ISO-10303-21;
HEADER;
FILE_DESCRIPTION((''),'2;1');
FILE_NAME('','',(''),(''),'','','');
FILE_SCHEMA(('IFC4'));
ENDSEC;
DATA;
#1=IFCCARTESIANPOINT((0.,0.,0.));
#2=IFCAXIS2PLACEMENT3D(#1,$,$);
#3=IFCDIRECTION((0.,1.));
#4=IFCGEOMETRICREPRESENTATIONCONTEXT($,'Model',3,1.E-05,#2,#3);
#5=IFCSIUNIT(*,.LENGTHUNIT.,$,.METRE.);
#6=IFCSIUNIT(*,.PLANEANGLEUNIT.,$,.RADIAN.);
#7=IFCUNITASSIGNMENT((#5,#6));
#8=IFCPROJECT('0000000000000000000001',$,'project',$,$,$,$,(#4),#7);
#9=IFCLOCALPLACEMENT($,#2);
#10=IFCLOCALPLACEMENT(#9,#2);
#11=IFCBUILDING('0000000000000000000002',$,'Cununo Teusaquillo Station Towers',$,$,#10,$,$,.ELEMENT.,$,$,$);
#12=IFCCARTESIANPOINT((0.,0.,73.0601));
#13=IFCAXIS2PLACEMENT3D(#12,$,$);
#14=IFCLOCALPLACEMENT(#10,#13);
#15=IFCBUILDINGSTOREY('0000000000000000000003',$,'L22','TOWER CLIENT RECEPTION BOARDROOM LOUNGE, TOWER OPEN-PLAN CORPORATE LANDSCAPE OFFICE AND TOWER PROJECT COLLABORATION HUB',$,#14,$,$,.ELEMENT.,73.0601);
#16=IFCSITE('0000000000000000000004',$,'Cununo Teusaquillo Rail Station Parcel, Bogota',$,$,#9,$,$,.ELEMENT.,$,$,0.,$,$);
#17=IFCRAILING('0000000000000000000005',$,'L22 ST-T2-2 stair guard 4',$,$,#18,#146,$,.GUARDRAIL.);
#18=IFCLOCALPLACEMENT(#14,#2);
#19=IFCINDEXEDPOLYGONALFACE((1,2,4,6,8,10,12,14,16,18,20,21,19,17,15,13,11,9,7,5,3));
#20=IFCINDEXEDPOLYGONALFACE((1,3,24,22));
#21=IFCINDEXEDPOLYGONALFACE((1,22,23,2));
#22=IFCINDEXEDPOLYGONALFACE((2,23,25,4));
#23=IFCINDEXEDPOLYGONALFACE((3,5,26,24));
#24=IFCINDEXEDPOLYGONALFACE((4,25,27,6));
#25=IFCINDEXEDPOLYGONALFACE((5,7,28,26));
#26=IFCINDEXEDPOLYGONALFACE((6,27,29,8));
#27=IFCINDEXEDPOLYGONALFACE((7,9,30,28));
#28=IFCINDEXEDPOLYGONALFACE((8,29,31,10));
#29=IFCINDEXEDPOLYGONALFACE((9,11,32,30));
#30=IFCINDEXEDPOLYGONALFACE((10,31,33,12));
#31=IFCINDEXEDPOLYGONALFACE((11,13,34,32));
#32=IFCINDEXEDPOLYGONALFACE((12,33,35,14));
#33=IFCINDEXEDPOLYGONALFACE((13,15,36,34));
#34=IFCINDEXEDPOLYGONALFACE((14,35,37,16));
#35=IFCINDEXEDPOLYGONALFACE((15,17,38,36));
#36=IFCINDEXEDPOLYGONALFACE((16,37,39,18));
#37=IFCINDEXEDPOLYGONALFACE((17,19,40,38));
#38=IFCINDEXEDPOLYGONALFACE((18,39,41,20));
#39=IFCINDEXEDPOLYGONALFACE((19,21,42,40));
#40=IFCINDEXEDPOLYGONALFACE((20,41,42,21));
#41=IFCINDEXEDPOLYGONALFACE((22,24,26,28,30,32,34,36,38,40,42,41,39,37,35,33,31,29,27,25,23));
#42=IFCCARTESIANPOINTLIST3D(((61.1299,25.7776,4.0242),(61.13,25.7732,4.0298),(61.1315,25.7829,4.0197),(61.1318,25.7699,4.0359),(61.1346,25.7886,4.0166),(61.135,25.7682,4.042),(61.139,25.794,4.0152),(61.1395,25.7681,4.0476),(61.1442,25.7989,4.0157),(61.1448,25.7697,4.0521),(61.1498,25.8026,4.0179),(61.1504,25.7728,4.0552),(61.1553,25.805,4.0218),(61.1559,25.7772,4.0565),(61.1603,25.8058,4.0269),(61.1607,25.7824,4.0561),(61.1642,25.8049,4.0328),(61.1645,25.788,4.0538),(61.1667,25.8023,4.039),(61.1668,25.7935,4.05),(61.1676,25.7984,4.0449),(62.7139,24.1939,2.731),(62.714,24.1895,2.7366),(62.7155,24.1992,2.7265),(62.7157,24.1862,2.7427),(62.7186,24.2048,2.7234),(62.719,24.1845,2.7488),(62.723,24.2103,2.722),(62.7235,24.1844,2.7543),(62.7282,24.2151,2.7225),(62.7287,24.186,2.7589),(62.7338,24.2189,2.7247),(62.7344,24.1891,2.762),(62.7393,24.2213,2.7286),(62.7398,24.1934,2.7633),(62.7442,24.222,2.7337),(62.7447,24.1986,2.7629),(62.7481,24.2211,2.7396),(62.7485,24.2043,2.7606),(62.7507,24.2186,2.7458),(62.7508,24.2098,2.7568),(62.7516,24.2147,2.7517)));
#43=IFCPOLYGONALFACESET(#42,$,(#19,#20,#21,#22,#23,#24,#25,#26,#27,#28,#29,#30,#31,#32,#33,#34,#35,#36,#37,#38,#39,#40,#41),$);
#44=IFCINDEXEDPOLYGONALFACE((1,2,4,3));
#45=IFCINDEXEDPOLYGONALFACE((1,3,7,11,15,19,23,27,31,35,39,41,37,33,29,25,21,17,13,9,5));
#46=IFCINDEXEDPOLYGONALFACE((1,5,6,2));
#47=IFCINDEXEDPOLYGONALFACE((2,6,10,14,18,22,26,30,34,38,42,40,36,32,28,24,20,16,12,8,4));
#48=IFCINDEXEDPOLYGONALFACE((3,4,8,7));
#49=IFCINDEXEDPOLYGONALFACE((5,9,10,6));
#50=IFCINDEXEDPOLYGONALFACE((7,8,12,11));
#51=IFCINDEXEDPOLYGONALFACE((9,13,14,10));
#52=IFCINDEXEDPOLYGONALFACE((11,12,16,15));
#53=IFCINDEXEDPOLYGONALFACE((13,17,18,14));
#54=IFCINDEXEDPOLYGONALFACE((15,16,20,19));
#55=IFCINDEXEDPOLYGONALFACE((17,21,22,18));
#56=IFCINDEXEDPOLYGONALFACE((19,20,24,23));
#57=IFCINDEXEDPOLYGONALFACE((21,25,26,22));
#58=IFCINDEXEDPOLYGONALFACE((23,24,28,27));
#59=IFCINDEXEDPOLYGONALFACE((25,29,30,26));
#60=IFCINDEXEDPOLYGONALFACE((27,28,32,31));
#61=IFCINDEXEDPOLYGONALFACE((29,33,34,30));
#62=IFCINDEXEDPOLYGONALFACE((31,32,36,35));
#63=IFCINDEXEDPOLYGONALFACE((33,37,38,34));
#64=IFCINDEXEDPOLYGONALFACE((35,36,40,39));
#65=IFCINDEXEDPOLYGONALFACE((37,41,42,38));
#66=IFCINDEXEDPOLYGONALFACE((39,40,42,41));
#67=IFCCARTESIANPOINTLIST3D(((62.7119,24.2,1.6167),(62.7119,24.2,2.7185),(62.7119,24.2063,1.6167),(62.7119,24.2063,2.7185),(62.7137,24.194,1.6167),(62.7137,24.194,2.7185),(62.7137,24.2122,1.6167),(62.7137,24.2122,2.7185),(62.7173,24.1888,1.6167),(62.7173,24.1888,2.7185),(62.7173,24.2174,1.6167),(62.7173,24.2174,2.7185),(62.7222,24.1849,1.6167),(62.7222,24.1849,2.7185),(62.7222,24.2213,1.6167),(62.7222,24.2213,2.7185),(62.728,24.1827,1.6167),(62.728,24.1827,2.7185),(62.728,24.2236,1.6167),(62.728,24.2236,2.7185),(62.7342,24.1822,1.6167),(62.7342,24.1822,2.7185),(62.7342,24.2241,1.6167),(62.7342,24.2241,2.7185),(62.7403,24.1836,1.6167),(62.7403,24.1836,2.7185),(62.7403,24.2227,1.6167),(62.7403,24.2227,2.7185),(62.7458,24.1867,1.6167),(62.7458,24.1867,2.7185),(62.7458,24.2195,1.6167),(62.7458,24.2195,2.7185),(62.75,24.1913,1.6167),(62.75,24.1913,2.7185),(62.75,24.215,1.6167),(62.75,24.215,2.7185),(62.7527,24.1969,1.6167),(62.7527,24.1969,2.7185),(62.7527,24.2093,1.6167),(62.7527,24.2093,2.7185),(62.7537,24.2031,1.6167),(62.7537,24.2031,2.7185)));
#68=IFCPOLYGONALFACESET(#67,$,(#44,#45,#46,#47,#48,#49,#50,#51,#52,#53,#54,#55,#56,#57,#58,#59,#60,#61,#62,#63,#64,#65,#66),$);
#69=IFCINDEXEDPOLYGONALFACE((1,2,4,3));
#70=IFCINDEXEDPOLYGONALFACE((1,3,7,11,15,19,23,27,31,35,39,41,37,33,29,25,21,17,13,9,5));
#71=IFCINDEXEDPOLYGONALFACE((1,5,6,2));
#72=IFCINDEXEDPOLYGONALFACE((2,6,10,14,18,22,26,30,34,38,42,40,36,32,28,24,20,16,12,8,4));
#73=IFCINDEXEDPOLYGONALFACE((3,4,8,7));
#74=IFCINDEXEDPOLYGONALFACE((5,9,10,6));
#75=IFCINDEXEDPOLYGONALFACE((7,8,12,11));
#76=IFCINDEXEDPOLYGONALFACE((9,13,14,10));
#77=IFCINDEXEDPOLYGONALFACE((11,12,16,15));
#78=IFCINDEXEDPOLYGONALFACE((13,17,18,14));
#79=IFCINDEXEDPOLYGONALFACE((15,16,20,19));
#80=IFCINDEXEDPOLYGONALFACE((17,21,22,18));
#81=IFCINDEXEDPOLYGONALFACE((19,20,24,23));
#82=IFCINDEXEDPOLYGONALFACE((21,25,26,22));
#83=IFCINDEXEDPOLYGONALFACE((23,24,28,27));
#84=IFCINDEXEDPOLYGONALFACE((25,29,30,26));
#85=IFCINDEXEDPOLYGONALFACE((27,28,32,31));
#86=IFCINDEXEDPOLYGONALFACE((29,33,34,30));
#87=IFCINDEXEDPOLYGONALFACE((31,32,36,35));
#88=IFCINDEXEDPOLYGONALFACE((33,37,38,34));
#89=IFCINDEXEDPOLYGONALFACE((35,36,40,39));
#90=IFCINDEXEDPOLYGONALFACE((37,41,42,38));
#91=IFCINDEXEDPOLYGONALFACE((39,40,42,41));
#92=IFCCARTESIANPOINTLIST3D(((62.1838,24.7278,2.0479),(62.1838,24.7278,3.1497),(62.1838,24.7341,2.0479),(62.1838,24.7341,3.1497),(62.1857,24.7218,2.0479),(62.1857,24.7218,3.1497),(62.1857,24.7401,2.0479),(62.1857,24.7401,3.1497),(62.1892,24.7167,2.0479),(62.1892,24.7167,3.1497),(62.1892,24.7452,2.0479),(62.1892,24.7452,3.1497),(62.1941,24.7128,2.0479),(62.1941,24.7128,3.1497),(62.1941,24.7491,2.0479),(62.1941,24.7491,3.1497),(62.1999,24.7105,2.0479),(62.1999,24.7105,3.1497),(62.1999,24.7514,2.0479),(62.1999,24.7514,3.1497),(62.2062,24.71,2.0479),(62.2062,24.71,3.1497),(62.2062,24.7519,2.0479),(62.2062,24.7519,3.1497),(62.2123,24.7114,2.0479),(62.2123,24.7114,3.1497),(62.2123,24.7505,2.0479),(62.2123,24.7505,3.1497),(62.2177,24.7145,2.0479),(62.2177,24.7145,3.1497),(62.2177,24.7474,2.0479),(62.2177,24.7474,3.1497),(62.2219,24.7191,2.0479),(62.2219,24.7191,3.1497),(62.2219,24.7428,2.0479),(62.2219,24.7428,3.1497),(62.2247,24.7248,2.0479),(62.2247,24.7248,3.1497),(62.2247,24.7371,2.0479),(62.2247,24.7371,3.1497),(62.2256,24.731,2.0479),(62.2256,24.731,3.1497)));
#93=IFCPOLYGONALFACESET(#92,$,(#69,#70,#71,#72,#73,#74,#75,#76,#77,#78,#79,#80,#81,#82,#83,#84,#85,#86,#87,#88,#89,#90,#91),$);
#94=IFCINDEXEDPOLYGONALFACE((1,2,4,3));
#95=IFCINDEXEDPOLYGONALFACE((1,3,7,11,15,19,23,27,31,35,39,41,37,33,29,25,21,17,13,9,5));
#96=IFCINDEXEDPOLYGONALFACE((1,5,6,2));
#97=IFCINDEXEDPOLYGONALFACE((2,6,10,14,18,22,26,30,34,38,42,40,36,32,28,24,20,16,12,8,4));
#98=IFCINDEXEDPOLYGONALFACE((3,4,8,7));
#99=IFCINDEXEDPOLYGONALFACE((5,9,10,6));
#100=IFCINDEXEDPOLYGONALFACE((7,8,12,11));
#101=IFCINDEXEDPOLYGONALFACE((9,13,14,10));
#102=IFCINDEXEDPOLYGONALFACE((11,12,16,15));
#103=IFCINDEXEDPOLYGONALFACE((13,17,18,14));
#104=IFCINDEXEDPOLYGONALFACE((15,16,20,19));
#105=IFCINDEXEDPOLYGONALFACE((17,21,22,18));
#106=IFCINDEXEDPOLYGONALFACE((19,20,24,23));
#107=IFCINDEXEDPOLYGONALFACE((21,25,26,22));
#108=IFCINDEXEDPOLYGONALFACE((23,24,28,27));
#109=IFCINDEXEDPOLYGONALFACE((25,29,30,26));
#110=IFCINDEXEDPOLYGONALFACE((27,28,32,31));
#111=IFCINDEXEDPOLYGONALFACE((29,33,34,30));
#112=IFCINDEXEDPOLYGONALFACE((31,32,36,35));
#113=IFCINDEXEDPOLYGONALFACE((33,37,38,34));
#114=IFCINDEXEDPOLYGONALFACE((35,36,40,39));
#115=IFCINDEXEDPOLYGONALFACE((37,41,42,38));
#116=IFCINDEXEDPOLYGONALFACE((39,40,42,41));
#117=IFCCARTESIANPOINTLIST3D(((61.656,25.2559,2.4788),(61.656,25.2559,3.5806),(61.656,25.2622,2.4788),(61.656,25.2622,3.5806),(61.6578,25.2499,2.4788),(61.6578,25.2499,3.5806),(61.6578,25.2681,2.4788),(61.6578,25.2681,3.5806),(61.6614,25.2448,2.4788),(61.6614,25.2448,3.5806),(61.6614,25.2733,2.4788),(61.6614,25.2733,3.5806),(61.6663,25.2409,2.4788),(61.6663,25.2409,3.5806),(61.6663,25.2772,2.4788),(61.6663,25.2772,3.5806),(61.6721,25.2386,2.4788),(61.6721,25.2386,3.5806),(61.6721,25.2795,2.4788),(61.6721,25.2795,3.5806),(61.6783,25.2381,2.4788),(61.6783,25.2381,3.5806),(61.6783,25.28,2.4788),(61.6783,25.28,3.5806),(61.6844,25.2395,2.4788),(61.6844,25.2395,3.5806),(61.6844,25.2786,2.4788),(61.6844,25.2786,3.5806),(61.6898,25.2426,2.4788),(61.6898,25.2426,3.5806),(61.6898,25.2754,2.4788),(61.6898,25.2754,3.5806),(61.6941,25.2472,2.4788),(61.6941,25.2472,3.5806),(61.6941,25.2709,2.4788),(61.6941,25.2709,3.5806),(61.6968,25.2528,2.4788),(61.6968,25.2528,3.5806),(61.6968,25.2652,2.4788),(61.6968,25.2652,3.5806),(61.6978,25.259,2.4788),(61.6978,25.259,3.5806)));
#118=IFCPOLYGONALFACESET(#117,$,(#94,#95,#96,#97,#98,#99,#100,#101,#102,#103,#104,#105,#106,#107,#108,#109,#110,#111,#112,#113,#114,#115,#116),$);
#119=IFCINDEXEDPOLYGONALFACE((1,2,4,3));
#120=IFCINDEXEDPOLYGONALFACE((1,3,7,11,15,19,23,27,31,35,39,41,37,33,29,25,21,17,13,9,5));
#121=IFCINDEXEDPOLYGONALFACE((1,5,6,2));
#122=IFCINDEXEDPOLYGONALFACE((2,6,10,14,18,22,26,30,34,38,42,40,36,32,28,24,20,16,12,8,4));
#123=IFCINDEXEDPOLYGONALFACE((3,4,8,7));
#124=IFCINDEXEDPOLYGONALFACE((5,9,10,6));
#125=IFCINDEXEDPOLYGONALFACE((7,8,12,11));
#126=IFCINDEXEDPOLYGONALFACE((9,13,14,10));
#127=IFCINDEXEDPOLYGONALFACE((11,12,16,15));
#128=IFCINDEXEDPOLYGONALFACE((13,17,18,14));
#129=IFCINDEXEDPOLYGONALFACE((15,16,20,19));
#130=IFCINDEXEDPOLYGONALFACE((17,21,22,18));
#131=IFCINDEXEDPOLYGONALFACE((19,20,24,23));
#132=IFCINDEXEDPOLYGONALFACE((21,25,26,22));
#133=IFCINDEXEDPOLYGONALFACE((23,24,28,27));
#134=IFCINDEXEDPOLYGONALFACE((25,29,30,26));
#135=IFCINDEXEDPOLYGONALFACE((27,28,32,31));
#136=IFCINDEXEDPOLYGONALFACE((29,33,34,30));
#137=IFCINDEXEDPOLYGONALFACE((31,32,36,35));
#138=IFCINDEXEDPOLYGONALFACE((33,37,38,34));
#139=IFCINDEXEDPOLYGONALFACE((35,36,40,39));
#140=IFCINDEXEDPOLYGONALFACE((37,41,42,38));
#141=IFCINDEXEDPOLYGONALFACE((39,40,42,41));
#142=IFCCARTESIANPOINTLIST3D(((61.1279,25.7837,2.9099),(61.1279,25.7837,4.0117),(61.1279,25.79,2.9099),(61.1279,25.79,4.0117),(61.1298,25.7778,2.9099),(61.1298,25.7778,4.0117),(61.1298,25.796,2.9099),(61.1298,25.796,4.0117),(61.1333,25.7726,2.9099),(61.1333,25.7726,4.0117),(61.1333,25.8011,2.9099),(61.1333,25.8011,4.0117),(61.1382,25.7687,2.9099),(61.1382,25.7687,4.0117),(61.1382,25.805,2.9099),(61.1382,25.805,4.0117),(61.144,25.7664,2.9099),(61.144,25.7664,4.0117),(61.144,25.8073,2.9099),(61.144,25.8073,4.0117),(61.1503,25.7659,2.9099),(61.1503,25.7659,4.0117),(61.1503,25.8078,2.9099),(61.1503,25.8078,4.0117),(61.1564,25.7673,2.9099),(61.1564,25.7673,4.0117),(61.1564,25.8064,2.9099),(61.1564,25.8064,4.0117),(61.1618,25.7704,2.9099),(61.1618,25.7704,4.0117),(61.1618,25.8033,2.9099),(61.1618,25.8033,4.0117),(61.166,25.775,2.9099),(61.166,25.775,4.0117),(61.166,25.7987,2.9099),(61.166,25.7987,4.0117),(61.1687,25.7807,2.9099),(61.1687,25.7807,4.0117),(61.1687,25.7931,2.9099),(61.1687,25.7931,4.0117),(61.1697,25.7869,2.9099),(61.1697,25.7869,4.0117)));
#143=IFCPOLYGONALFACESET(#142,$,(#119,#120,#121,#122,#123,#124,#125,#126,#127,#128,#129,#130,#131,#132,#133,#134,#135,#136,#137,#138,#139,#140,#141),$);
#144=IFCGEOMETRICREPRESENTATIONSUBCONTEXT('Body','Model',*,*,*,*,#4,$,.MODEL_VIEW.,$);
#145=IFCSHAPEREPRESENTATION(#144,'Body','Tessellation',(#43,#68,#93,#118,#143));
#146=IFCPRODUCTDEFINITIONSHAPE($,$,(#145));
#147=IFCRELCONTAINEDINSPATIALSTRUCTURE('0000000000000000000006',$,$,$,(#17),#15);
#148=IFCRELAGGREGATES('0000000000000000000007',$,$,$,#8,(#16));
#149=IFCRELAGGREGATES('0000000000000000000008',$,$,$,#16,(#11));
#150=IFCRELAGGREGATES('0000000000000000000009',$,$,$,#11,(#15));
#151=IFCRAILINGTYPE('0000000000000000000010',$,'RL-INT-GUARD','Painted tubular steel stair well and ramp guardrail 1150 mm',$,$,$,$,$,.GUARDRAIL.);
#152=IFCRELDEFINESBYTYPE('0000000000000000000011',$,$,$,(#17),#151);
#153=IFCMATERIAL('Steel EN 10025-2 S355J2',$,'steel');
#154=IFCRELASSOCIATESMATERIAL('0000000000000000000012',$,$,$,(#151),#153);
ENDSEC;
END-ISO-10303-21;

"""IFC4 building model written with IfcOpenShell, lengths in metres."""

from ifc_helpers import new_model, si_unit, direction, frame, origin, origin_2d, place, context, subcontext, project, spatial, circle, extrude, material, type_object, element, save


model = new_model("IFC4")

# Units and contexts
model_context = context("Model", 3, precision=1e-05, world=origin(), true_north=direction((0.0, 1.0)))
body_context = subcontext(model_context, "Body", "Model", "MODEL_VIEW")
ifc_project = project(units=[si_unit("LENGTHUNIT", "METRE"), si_unit("PLANEANGLEUNIT", "RADIAN")], contexts=[model_context])

# Site, building, storey
site_placement = place(None, origin())
site = spatial("IfcSite", under=ifc_project, at=site_placement, Name="Cununo Teusaquillo Rail Station Parcel, Bogota", CompositionType="ELEMENT", RefElevation=0.0)
building_placement = place(site_placement, origin())
building = spatial("IfcBuilding", under=site, at=building_placement, Name="Cununo Teusaquillo Station Towers", CompositionType="ELEMENT")
storey_placement = place(building_placement, frame((0.0, 0.0, 73.0601)))
storey = spatial("IfcBuildingStorey", under=building, at=storey_placement, Name="L22", Description="TOWER CLIENT RECEPTION BOARDROOM LOUNGE, TOWER OPEN-PLAN CORPORATE LANDSCAPE OFFICE AND TOWER PROJECT COLLABORATION HUB", CompositionType="ELEMENT", Elevation=73.0601)

# Railing
ifc_material_1 = material(Name="Steel EN 10025-2 S355J2", Category="steel")
railing_type_1 = type_object("IfcRailingType", Name="RL-INT-GUARD", Description="Painted tubular steel stair well and ramp guardrail 1150 mm", PredefinedType="GUARDRAIL", material=ifc_material_1)
railing_1_placement = place(storey_placement, frame((62.7327, 24.2031, 1.6167)))
element("IfcRailing", 1, at=railing_1_placement, inside=storey, type_object=railing_type_1, Name="L22 ST-T2-2 stair guard 4", PredefinedType="GUARDRAIL", context=body_context, shape_type="SweptSolid", body=[
    extrude(circle(Radius=0.0239, at=origin_2d()), frame((0.0, 0.0, 1.126), z_axis=(-0.61242, 0.612326, 0.499998), x_axis=(-0.707052, -0.707161, 0.0)), (0.0, 0.0, 1.0), 2.5864),
    extrude(circle(Radius=0.021, at=origin_2d()), origin(), (0.0, 0.0, 1.0), 1.1018),
    extrude(circle(Radius=0.021, at=origin_2d()), frame((-0.5281, 0.5278, 0.4312)), (0.0, 0.0, 1.0), 1.1018),
    extrude(circle(Radius=0.021, at=origin_2d()), frame((-1.0559, 1.0559, 0.8621)), (0.0, 0.0, 1.0), 1.1018),
    extrude(circle(Radius=0.021, at=origin_2d()), frame((-1.584, 1.5837, 1.2932)), (0.0, 0.0, 1.0), 1.1018),
])

save(model, "model.ifc")
